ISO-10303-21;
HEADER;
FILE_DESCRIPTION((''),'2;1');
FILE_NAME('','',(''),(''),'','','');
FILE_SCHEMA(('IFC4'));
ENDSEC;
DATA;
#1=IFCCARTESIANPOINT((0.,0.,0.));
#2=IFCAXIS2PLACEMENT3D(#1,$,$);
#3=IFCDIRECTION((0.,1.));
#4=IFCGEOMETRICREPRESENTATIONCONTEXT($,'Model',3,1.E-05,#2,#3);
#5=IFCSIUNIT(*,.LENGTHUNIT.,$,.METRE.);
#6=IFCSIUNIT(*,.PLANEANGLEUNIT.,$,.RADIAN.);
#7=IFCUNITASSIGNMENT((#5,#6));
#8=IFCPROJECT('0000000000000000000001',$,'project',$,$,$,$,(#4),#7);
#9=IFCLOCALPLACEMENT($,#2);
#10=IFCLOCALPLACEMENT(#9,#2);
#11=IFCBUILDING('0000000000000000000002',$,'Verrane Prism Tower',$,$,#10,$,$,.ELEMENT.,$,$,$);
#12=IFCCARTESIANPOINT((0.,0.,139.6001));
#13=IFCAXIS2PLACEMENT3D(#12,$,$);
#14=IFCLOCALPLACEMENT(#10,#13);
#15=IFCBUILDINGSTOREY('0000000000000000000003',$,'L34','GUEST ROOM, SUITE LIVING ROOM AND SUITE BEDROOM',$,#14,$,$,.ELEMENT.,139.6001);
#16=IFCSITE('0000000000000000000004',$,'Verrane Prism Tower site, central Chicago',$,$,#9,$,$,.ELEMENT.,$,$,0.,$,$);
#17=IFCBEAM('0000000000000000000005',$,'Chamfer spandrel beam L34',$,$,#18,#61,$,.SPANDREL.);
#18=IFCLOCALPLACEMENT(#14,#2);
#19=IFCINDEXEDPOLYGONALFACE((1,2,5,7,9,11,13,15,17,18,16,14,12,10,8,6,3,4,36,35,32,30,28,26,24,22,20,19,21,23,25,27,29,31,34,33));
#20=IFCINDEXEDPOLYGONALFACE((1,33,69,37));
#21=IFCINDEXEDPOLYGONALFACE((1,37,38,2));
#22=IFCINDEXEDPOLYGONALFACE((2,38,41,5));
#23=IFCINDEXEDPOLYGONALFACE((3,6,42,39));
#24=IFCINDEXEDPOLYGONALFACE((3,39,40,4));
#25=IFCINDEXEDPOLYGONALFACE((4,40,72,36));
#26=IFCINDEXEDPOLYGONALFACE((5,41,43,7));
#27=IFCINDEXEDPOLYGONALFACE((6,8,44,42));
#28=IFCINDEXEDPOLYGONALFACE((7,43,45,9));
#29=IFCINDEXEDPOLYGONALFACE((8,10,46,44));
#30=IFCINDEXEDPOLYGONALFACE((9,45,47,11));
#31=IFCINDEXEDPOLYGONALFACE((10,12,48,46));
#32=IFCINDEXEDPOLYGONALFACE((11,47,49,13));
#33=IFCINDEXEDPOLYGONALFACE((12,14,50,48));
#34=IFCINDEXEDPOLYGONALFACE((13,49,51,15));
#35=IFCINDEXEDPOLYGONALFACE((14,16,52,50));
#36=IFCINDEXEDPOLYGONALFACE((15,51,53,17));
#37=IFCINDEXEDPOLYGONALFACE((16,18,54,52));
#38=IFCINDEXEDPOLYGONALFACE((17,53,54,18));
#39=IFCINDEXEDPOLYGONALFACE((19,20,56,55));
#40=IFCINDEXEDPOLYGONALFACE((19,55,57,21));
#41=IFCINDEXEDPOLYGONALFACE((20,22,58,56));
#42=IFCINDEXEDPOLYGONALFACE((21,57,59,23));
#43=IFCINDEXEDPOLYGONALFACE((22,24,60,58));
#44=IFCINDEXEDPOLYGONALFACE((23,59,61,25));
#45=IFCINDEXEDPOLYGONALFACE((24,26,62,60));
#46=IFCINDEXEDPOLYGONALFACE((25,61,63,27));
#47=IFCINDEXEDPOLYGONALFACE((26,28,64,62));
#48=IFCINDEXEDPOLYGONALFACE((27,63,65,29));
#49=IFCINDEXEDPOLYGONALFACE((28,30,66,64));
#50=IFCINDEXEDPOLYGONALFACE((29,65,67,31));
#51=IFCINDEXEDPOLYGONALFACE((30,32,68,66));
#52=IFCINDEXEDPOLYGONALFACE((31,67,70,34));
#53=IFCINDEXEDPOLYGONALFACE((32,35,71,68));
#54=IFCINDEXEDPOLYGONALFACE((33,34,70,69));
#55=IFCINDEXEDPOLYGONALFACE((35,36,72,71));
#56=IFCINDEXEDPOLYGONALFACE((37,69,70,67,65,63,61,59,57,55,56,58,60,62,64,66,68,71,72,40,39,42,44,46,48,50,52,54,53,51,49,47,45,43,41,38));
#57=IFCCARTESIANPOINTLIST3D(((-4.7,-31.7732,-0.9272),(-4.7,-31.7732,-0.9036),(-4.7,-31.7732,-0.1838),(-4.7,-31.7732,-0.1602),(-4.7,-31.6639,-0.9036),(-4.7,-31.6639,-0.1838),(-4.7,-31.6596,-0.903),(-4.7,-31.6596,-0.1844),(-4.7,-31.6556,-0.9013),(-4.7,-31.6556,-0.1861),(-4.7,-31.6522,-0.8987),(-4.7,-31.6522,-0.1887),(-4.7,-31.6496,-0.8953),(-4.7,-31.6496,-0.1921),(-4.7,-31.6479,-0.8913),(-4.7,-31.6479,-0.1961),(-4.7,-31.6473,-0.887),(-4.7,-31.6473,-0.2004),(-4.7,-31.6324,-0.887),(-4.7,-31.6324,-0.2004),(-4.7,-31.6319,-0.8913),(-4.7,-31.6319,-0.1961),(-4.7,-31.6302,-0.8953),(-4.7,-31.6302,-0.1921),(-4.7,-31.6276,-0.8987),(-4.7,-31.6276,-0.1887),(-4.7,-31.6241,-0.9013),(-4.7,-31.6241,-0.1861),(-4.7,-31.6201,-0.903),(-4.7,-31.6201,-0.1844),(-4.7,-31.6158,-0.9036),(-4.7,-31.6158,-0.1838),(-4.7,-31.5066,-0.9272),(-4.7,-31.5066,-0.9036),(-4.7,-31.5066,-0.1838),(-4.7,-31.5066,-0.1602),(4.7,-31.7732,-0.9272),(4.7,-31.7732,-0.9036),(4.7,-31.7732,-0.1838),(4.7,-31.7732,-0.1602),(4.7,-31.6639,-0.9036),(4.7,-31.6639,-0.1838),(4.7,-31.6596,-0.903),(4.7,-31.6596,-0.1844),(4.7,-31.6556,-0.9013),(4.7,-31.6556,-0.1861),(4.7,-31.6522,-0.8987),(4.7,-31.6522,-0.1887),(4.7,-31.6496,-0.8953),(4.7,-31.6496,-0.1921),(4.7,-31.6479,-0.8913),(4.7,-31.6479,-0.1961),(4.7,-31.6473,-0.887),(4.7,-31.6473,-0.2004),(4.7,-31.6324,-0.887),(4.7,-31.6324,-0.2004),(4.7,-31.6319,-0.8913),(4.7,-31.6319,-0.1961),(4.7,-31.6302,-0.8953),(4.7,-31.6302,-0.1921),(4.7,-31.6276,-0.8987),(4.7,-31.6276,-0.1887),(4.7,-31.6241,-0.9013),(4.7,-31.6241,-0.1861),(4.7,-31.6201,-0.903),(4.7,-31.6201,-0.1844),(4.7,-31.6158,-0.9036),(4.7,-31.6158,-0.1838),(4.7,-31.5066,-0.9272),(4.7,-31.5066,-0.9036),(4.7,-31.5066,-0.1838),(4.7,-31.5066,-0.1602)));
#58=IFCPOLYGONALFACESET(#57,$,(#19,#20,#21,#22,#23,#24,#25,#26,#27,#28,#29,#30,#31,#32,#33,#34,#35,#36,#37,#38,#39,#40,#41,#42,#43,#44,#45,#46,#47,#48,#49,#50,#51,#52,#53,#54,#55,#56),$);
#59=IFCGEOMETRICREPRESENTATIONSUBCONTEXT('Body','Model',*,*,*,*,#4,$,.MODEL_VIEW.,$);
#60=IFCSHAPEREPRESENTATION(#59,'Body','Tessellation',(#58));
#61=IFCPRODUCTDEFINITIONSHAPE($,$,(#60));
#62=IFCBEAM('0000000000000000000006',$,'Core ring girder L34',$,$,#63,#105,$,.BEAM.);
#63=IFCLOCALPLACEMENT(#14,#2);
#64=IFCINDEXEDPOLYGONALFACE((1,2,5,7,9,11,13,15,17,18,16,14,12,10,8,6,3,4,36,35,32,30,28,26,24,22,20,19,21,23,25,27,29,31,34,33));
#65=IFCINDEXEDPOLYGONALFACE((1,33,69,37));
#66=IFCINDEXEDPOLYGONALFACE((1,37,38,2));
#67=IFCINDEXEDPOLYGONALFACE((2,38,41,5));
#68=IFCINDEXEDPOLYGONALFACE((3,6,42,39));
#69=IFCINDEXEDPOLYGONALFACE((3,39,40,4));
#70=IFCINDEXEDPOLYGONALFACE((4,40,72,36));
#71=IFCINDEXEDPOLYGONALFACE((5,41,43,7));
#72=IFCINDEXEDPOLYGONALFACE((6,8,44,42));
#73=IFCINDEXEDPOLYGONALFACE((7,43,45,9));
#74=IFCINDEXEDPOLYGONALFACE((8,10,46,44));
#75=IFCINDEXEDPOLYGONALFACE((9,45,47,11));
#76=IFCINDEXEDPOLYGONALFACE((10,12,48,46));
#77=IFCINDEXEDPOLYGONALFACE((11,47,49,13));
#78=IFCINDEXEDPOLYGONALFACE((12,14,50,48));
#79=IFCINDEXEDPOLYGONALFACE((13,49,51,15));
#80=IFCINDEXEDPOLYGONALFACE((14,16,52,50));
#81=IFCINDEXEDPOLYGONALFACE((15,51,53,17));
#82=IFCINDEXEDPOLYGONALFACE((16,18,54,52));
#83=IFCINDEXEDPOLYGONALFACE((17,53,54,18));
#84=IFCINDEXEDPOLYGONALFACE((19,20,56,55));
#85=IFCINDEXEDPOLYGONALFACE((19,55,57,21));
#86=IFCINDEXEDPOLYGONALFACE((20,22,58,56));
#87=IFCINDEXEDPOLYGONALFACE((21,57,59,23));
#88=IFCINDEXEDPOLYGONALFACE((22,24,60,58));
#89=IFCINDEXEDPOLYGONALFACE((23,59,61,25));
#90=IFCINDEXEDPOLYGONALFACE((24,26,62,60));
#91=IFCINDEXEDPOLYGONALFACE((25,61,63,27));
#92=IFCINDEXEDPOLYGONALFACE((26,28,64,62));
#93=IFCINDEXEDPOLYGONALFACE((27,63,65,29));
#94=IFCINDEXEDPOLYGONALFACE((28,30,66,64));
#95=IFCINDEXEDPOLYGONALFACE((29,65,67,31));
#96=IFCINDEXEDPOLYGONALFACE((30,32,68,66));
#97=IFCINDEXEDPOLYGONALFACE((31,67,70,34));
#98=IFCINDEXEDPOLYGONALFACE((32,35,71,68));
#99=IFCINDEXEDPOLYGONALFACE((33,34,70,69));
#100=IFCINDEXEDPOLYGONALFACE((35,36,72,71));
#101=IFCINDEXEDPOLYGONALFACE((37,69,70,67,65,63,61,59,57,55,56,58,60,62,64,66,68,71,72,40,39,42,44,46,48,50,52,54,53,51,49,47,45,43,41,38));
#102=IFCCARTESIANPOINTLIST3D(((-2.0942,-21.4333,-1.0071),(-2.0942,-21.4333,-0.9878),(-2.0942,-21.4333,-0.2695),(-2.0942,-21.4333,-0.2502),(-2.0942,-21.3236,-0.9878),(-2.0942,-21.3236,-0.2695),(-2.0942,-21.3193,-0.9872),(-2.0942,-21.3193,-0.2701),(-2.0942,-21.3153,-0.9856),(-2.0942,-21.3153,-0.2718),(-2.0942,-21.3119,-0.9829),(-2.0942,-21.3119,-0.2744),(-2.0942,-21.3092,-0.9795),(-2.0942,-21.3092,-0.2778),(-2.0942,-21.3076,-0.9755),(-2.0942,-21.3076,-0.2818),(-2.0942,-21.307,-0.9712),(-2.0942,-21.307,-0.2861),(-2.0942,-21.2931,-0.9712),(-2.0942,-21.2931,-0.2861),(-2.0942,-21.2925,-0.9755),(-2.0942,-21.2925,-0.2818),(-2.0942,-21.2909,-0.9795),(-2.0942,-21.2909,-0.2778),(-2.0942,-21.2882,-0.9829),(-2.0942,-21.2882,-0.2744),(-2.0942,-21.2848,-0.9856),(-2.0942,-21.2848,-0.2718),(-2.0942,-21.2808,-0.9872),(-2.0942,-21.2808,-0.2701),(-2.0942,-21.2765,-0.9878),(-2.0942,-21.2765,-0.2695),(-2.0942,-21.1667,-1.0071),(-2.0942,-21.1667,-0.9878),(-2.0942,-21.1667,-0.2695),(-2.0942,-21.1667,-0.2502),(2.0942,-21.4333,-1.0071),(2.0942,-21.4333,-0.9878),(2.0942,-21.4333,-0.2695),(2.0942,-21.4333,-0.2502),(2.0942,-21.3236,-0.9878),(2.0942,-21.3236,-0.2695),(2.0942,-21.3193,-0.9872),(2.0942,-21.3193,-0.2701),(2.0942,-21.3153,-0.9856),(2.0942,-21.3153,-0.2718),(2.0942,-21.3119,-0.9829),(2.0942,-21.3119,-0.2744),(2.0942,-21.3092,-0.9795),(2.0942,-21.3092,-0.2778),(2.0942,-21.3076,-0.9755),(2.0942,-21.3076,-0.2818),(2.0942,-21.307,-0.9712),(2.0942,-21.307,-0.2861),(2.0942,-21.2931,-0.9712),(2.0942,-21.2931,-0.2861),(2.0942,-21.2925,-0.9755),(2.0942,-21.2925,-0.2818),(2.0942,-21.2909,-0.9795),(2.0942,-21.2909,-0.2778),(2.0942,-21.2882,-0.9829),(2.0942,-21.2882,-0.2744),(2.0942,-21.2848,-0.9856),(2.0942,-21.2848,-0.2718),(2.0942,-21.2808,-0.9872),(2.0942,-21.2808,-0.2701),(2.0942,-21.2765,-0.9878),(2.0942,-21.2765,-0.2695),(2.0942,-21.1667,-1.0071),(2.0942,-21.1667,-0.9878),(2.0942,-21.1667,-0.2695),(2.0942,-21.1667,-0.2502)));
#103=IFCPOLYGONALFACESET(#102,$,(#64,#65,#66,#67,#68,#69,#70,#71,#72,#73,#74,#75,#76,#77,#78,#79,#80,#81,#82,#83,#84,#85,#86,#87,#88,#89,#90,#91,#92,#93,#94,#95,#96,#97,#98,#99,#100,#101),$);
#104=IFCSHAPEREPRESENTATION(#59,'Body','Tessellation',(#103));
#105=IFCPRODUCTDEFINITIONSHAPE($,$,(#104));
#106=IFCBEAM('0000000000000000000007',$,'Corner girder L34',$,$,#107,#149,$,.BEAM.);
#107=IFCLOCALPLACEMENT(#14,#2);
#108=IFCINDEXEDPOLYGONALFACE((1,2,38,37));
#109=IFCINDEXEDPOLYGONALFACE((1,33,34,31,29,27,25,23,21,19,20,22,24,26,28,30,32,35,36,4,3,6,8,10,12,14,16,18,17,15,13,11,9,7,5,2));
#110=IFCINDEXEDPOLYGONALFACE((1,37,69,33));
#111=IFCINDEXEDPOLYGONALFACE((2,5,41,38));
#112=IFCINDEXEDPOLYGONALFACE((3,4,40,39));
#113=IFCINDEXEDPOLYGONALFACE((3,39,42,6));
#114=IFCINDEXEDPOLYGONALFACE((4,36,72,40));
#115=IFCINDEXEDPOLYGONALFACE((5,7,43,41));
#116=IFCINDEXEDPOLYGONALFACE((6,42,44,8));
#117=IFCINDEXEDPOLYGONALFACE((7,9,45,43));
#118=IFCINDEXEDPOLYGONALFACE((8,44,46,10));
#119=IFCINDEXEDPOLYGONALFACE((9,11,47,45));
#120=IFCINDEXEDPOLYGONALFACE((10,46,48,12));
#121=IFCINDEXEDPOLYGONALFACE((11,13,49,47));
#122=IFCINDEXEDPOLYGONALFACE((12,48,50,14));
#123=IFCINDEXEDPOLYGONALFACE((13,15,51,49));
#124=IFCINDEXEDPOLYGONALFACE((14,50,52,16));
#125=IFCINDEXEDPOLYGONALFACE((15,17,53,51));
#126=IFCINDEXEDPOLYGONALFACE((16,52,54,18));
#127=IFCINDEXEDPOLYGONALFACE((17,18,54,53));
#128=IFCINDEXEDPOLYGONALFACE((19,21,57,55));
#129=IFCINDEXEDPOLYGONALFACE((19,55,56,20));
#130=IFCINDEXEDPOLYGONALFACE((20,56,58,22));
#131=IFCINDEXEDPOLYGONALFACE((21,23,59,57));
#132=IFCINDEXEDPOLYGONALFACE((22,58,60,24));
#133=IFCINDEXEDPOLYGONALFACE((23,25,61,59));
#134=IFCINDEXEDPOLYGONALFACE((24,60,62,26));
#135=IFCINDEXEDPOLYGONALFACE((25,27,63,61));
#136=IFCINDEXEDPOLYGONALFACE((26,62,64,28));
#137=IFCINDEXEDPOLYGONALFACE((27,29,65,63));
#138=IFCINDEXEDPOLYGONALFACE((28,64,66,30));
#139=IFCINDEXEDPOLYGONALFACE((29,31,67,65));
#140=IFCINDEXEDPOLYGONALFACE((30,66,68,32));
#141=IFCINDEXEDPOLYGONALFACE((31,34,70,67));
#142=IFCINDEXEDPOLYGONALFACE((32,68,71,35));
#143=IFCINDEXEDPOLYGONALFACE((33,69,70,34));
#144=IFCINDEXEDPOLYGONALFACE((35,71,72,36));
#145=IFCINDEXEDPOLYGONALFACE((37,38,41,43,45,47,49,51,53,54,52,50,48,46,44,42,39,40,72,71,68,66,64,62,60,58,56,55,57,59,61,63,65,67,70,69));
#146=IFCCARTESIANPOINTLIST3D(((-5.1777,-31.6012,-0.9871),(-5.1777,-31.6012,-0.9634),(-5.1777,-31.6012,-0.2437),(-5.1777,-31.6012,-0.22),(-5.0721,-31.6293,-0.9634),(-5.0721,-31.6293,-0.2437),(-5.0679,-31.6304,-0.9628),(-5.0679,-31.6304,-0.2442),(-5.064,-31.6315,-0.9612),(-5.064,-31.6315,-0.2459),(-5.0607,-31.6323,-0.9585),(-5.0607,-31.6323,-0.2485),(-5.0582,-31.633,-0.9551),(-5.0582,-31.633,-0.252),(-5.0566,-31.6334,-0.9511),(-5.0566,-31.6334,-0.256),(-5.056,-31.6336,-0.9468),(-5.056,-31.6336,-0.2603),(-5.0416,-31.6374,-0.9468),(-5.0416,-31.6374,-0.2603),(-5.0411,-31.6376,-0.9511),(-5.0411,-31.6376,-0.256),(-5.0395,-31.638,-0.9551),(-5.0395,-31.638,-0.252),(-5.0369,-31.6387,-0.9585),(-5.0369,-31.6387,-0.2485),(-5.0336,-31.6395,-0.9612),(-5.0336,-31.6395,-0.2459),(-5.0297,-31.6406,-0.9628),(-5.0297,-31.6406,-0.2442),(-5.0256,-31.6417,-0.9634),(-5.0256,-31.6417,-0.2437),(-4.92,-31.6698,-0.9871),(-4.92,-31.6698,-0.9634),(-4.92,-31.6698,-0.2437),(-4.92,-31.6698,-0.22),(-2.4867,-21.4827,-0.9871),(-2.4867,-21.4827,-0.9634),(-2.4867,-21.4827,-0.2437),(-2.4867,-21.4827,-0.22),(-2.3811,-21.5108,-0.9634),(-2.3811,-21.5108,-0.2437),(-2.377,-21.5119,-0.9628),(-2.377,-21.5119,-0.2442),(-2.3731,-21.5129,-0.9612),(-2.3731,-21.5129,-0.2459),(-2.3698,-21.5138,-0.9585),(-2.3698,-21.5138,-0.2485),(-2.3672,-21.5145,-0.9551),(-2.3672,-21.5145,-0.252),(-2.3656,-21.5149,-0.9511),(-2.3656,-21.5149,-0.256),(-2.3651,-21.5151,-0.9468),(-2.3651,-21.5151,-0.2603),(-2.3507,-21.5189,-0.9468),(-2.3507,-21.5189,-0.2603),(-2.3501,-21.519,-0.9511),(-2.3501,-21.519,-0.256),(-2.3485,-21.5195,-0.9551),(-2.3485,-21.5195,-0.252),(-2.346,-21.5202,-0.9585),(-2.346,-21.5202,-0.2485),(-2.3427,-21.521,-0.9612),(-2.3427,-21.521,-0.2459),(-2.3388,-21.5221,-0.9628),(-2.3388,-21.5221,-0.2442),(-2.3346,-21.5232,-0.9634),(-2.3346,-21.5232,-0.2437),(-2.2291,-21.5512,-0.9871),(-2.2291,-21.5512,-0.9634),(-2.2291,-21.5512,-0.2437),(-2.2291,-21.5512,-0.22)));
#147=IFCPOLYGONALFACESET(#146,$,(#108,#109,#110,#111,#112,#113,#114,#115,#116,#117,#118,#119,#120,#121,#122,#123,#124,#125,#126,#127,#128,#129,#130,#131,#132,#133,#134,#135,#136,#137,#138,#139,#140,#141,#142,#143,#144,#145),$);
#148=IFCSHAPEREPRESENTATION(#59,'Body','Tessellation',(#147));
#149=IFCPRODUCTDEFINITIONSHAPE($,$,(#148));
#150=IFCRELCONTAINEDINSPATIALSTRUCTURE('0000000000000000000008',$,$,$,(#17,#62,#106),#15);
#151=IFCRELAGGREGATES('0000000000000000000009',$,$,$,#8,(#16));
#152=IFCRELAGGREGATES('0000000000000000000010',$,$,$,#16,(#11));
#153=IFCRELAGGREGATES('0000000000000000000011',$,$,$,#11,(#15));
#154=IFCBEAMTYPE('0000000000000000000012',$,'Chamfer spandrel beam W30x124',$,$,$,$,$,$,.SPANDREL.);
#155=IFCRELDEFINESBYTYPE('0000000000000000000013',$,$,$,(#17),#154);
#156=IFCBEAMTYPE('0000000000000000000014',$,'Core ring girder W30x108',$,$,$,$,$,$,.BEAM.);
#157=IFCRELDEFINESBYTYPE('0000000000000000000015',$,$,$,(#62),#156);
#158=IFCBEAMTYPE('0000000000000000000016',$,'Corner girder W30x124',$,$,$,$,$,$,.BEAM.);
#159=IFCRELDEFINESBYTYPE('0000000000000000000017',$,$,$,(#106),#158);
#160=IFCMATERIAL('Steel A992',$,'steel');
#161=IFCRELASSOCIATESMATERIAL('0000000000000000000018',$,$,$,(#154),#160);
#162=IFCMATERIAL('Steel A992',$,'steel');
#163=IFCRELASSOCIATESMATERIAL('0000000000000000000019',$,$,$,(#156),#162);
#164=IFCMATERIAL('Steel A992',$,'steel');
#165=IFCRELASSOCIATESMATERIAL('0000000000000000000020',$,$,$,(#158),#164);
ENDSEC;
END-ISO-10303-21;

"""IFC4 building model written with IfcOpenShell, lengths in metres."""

from ifc_helpers import new_model, si_unit, direction, frame, origin, origin_2d, place, context, subcontext, project, spatial, i_section, extrude, material, material_profile, profile_set, type_object, element, save


model = new_model("IFC4")

# Units and contexts
model_context = context("Model", 3, precision=1e-05, world=origin(), true_north=direction((0.0, 1.0)))
body_context = subcontext(model_context, "Body", "Model", "MODEL_VIEW")
ifc_project = project(units=[si_unit("LENGTHUNIT", "METRE"), si_unit("PLANEANGLEUNIT", "RADIAN")], contexts=[model_context])

# Site, building, storey
site_placement = place(None, origin())
site = spatial("IfcSite", under=ifc_project, at=site_placement, Name="Verrane Prism Tower site, central Chicago", CompositionType="ELEMENT", RefElevation=0.0)
building_placement = place(site_placement, origin())
building = spatial("IfcBuilding", under=site, at=building_placement, Name="Verrane Prism Tower", CompositionType="ELEMENT")
storey_placement = place(building_placement, frame((0.0, 0.0, 139.6001)))
storey = spatial("IfcBuildingStorey", under=building, at=storey_placement, Name="L34", Description="GUEST ROOM, SUITE LIVING ROOM AND SUITE BEDROOM", CompositionType="ELEMENT", Elevation=139.6001)

# Beams
ifc_material_1 = material(Name="Steel A992", Category="steel")
ifc_material_profile_1 = material_profile(ifc_material_1, i_section(OverallWidth=0.2666, OverallDepth=0.7671, WebThickness=0.0149, FlangeThickness=0.0237, FilletRadius=0.0166, at=origin_2d()), Name="W30x124")
ifc_profile_set_1 = profile_set([ifc_material_profile_1], Name="Steel A992")
beam_type_1 = type_object("IfcBeamType", Name="Chamfer spandrel beam W30x124", PredefinedType="SPANDREL", material=ifc_profile_set_1)
beam_1_placement = place(storey_placement, frame((-4.7, -31.6399, -0.5437), z_axis=(1.0, 0.0, 0.0), x_axis=(0.0, 1.0, 0.0)))
element("IfcBeam", 1, at=beam_1_placement, inside=storey, type_object=beam_type_1, Name="Chamfer spandrel beam L34", PredefinedType="SPANDREL", context=body_context, shape_type="SweptSolid", body=[
    extrude(i_section(OverallWidth=0.2666, OverallDepth=0.7671, WebThickness=0.0149, FlangeThickness=0.0237, FilletRadius=0.0166, at=origin_2d()), origin(), (0.0, 0.0, 1.0), 9.3999),
])
ifc_material_2 = material(Name="Steel A992", Category="steel")
ifc_material_profile_2 = material_profile(ifc_material_2, i_section(OverallWidth=0.2666, OverallDepth=0.7568, WebThickness=0.0139, FlangeThickness=0.0193, FilletRadius=0.0166, at=origin_2d()), Name="W30x108")
ifc_profile_set_2 = profile_set([ifc_material_profile_2], Name="Steel A992")
beam_type_2 = type_object("IfcBeamType", Name="Core ring girder W30x108", PredefinedType="BEAM", material=ifc_profile_set_2)
beam_2_placement = place(storey_placement, frame((-2.0942, -21.3, -0.6287), z_axis=(1.0, 0.0, 0.0), x_axis=(0.0, 1.0, 0.0)))
element("IfcBeam", 2, at=beam_2_placement, inside=storey, type_object=beam_type_2, Name="Core ring girder L34", PredefinedType="BEAM", context=body_context, shape_type="SweptSolid", body=[
    extrude(i_section(OverallWidth=0.2666, OverallDepth=0.7568, WebThickness=0.0139, FlangeThickness=0.0193, FilletRadius=0.0166, at=origin_2d()), origin(), (0.0, 0.0, 1.0), 4.1885),
])
ifc_material_3 = material(Name="Steel A992", Category="steel")
ifc_material_profile_3 = material_profile(ifc_material_3, i_section(OverallWidth=0.2666, OverallDepth=0.7671, WebThickness=0.0149, FlangeThickness=0.0237, FilletRadius=0.0166, at=origin_2d()), Name="W30x124")
ifc_profile_set_3 = profile_set([ifc_material_profile_3], Name="Steel A992")
beam_type_3 = type_object("IfcBeamType", Name="Corner girder W30x124", PredefinedType="BEAM", material=ifc_profile_set_3)
beam_3_placement = place(storey_placement, frame((-5.0488, -31.6355, -0.6035), z_axis=(0.257009, 0.966409, 0.0), x_axis=(-0.966409, 0.257009, 0.0)))
element("IfcBeam", 3, at=beam_3_placement, inside=storey, type_object=beam_type_3, Name="Corner girder L34", PredefinedType="BEAM", context=body_context, shape_type="SweptSolid", body=[
    extrude(i_section(OverallWidth=0.2666, OverallDepth=0.7671, WebThickness=0.0149, FlangeThickness=0.0237, FilletRadius=0.0166, at=origin_2d()), origin(), (0.0, 0.0, 1.0), 10.4702),
])

save(model, "model.ifc")
